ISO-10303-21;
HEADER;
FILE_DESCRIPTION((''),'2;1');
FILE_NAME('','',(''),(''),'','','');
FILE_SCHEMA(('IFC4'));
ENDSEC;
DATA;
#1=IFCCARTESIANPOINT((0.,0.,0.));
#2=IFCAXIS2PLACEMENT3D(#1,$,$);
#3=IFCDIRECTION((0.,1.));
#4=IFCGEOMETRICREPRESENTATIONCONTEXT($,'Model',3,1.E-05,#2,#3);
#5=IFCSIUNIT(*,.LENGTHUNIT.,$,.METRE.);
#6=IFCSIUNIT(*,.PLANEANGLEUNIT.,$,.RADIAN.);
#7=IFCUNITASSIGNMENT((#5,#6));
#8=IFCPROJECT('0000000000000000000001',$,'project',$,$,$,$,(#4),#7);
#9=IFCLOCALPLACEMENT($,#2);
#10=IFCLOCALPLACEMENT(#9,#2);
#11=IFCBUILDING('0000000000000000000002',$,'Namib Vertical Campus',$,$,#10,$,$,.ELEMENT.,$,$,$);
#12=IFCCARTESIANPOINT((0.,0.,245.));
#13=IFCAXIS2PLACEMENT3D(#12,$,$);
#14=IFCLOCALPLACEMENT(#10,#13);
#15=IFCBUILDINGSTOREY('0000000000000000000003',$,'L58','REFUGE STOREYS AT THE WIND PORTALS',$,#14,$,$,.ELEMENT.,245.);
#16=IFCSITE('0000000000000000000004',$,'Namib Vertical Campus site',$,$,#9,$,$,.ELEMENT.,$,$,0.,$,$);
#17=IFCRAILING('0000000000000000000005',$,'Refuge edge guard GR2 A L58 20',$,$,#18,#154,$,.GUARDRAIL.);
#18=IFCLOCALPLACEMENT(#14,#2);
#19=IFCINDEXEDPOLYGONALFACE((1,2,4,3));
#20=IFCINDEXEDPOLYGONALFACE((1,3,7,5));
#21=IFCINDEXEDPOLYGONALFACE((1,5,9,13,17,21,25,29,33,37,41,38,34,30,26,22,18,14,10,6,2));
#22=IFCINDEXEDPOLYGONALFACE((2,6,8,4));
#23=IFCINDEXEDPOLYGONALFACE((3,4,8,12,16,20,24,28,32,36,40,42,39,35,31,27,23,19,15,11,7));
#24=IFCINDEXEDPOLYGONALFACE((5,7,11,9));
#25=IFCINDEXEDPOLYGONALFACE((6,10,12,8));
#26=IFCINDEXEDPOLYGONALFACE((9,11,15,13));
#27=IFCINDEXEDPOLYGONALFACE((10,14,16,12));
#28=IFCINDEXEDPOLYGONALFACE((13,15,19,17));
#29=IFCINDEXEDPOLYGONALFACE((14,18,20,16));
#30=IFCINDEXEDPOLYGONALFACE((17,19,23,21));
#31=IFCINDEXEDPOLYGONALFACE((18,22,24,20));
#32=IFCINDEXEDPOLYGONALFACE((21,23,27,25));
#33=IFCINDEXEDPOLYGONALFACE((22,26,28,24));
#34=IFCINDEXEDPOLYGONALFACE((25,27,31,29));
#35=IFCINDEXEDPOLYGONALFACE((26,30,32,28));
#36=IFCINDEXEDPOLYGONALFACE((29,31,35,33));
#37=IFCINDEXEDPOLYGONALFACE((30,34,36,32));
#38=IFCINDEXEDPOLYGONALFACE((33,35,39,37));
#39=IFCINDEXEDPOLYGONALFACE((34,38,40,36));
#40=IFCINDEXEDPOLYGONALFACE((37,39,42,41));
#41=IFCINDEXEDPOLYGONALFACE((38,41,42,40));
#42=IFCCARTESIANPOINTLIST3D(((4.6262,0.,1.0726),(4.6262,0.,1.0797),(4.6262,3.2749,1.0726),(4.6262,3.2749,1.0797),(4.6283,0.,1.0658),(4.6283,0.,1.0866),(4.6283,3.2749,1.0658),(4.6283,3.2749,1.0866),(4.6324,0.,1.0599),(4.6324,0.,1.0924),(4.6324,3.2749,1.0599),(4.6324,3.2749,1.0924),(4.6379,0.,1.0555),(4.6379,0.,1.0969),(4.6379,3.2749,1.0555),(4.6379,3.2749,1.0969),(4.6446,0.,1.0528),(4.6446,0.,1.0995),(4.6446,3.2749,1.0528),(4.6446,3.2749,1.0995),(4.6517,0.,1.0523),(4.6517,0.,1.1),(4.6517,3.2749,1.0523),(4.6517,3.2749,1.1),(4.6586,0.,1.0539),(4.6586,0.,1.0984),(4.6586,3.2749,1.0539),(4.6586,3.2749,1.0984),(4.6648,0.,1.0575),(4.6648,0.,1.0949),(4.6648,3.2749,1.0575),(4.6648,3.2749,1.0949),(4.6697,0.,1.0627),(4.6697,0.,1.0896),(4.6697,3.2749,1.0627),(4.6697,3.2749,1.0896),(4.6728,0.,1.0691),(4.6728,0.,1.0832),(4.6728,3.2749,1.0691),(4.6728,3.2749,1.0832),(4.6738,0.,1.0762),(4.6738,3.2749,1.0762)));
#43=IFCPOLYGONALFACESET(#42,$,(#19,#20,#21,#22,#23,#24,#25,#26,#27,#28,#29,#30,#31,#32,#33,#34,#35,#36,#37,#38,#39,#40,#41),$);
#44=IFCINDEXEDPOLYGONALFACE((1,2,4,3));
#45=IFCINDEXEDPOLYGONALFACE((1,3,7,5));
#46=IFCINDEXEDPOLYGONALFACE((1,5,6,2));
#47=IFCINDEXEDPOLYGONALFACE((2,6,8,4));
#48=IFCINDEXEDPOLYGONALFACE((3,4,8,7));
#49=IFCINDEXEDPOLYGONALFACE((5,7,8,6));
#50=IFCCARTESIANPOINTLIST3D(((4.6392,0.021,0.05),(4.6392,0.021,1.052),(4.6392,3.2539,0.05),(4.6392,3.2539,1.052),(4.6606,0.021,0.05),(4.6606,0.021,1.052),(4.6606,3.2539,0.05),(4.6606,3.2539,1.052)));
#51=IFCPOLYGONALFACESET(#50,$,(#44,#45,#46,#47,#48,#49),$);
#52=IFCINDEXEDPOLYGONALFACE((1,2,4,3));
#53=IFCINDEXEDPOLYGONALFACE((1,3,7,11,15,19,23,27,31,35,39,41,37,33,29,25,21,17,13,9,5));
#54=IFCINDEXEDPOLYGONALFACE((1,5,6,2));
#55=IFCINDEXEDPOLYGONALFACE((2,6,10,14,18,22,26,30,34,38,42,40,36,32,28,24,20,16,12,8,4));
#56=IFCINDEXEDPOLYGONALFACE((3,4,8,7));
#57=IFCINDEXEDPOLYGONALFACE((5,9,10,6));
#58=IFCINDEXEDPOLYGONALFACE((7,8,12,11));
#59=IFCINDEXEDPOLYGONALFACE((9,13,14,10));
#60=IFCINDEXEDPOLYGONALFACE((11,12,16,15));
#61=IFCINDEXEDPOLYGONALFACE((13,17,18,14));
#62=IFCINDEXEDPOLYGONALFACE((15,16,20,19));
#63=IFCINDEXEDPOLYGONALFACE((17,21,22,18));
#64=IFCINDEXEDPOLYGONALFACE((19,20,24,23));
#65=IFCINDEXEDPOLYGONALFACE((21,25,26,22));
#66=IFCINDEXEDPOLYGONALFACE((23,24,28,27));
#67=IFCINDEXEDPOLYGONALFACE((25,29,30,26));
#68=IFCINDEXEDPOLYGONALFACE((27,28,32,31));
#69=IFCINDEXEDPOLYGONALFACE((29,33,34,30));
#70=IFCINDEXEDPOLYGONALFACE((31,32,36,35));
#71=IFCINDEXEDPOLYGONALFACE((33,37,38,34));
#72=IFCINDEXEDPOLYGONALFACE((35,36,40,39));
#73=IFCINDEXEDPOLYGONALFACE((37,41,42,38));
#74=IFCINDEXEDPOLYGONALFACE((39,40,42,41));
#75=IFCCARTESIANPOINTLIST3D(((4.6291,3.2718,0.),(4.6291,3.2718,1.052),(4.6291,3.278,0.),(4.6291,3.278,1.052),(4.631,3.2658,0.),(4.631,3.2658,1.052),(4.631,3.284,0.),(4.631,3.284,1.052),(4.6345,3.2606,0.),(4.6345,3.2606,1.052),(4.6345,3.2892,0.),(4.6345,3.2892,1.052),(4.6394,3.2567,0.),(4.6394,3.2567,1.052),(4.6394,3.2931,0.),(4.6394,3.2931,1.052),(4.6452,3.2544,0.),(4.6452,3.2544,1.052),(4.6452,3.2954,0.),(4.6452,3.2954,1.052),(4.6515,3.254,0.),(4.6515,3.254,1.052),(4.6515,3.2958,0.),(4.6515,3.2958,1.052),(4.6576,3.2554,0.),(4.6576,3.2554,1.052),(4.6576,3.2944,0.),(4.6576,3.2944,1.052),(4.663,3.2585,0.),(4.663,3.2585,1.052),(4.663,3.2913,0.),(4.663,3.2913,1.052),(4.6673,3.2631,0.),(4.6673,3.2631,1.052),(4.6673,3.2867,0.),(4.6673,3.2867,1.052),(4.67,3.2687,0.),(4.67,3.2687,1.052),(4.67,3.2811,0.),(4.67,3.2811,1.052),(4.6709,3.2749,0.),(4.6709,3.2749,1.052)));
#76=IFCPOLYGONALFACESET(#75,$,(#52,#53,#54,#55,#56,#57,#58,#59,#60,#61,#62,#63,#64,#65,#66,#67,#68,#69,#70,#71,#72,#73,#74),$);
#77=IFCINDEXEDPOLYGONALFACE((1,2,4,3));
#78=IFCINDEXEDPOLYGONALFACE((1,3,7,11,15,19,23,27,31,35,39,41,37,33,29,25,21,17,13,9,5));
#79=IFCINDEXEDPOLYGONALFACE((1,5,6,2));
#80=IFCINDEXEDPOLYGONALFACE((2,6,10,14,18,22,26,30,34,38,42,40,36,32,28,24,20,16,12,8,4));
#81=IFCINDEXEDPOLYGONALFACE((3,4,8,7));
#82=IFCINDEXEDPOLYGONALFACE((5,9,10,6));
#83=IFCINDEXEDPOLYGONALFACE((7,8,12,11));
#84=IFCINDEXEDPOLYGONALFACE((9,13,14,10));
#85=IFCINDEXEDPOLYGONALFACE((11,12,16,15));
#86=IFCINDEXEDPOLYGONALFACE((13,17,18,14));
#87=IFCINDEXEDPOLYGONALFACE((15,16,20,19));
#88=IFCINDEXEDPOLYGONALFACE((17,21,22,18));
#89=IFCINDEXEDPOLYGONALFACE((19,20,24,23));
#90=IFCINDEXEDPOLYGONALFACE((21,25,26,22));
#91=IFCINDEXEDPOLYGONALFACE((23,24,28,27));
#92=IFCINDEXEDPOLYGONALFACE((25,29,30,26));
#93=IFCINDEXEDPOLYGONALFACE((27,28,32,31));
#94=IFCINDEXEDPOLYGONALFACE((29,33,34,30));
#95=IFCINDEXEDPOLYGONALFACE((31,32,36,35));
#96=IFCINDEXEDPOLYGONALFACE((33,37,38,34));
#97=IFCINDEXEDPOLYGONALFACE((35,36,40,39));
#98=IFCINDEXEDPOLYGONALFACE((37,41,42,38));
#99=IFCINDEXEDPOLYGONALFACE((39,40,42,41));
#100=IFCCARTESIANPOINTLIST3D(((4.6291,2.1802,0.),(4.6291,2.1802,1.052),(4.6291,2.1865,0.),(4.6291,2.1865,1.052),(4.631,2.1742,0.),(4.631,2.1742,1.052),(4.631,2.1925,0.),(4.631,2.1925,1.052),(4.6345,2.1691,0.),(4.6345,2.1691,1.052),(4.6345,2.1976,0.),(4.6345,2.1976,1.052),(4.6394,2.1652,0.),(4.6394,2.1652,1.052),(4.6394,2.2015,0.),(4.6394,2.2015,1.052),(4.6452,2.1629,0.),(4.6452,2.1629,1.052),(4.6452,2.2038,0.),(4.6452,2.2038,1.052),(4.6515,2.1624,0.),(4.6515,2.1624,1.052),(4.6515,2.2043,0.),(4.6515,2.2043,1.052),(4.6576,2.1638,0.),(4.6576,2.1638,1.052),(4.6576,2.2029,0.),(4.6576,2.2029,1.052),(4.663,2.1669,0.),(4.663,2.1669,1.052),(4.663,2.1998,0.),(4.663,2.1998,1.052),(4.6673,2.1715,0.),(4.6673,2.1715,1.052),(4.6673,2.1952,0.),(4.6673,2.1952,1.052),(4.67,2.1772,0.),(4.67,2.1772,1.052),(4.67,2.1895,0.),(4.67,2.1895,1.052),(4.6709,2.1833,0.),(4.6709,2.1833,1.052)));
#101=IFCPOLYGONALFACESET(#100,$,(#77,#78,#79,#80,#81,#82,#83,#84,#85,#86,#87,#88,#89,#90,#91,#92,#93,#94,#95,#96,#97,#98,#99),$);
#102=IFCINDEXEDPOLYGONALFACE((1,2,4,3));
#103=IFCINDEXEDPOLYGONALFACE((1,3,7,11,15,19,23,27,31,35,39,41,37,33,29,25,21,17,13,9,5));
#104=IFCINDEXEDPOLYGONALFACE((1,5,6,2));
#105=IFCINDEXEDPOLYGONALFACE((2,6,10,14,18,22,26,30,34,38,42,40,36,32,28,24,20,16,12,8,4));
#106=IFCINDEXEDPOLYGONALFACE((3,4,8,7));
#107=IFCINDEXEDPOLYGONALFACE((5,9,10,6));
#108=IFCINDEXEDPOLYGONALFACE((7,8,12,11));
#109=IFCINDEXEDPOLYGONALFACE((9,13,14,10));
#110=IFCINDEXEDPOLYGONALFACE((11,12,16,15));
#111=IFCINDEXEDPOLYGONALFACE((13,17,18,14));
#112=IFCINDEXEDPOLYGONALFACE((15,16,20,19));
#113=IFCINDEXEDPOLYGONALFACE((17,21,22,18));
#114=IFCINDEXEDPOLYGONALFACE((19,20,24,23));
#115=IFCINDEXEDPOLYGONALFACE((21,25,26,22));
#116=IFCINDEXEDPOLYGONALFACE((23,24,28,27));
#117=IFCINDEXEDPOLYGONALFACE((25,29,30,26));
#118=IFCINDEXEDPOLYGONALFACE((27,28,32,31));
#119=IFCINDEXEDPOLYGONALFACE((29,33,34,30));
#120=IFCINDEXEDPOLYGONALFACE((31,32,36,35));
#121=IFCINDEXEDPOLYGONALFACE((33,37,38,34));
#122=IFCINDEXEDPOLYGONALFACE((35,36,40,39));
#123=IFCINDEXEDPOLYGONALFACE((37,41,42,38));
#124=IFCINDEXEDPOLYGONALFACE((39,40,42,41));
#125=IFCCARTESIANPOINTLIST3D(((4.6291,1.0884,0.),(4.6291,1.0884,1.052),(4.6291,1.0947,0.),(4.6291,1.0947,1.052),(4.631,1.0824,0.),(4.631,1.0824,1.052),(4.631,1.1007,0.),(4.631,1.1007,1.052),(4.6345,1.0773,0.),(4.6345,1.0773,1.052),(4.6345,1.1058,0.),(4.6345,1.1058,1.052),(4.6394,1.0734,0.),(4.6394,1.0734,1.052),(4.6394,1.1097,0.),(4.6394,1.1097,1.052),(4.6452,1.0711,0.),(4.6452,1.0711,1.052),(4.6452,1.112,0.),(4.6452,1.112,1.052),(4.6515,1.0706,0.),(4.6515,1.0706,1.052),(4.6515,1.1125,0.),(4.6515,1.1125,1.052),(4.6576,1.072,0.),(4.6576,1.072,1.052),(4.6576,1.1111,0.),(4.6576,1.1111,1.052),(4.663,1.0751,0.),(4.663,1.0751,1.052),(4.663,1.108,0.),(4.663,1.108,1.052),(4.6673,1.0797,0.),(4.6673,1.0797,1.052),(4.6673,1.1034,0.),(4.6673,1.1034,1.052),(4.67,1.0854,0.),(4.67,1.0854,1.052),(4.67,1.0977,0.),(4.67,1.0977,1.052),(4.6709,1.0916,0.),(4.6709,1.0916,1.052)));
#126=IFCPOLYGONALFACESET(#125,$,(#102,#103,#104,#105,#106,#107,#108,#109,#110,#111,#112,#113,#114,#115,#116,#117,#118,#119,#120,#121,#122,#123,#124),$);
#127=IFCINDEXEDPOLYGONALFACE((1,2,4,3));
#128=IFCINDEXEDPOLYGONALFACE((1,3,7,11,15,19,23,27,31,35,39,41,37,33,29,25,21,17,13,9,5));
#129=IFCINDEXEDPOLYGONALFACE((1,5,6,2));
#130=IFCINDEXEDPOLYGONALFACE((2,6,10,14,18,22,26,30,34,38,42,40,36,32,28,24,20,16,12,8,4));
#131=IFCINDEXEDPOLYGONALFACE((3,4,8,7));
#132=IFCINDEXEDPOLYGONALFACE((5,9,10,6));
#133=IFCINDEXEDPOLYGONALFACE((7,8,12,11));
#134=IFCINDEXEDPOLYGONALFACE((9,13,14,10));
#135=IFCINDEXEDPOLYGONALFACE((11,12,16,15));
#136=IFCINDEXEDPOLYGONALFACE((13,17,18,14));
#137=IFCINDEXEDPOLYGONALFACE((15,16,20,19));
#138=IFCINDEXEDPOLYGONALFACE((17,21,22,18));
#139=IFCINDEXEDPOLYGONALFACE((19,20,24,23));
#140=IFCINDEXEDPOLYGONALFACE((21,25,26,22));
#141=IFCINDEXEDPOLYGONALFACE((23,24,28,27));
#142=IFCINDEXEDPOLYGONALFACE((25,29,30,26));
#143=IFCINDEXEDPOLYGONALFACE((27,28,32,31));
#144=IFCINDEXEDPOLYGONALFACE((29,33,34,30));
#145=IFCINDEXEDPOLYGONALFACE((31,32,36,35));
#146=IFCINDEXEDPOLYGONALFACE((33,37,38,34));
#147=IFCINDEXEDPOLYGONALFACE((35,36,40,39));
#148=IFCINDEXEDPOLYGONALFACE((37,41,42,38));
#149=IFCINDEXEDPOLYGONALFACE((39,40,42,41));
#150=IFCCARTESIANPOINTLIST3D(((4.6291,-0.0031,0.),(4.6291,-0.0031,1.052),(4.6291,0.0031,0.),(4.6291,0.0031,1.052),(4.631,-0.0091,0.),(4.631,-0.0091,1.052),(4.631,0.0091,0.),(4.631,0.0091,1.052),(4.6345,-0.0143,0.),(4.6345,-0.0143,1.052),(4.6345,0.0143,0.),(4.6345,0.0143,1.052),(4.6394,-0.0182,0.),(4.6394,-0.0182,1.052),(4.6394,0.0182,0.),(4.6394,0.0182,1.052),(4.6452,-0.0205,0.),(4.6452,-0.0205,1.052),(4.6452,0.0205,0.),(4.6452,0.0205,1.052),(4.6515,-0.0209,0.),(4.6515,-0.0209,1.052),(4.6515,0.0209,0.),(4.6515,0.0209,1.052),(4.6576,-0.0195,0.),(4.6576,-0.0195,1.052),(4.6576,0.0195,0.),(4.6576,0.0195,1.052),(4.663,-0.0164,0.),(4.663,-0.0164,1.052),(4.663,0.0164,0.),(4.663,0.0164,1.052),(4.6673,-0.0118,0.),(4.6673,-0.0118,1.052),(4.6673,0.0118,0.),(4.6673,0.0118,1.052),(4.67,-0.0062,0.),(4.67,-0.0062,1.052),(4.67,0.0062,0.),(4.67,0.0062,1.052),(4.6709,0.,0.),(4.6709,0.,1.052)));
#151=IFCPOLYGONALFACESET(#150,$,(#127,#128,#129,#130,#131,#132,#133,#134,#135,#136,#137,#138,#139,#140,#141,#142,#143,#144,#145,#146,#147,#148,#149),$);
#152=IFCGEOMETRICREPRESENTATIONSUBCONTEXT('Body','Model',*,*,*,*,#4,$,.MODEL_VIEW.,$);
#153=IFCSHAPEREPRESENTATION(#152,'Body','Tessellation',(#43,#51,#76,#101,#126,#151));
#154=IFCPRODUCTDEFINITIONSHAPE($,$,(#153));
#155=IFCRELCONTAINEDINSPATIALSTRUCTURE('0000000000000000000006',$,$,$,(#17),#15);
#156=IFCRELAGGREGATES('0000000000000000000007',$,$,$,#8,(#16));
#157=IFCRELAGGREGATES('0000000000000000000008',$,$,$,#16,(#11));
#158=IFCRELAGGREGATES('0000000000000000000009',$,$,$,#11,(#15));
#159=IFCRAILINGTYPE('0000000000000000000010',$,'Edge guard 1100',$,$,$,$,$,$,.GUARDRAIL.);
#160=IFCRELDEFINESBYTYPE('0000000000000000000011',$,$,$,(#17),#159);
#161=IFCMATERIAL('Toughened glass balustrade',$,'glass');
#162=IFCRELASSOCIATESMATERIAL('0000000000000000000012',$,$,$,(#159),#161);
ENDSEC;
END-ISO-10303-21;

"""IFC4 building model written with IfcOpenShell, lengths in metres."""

from ifc_helpers import new_model, si_unit, direction, frame, origin, origin_2d, place, context, subcontext, project, spatial, polyline, circle, outline, extrude, material, type_object, element, save


model = new_model("IFC4")

# Units and contexts
model_context = context("Model", 3, precision=1e-05, world=origin(), true_north=direction((0.0, 1.0)))
body_context = subcontext(model_context, "Body", "Model", "MODEL_VIEW")
ifc_project = project(units=[si_unit("LENGTHUNIT", "METRE"), si_unit("PLANEANGLEUNIT", "RADIAN")], contexts=[model_context])

# Site, building, storey
site_placement = place(None, origin())
site = spatial("IfcSite", under=ifc_project, at=site_placement, Name="Namib Vertical Campus site", CompositionType="ELEMENT", RefElevation=0.0)
building_placement = place(site_placement, origin())
building = spatial("IfcBuilding", under=site, at=building_placement, Name="Namib Vertical Campus", CompositionType="ELEMENT")
storey_placement = place(building_placement, frame((0.0, 0.0, 245.0)))
storey = spatial("IfcBuildingStorey", under=building, at=storey_placement, Name="L58", Description="REFUGE STOREYS AT THE WIND PORTALS", CompositionType="ELEMENT", Elevation=245.0)

# Railing
ifc_material_1 = material(Name="Toughened glass balustrade", Category="glass")
railing_type_1 = type_object("IfcRailingType", Name="Edge guard 1100", PredefinedType="GUARDRAIL", material=ifc_material_1)
railing_1_placement = place(storey_placement, frame((4.6499, 3.2749, 0.0)))
element("IfcRailing", 1, at=railing_1_placement, inside=storey, type_object=railing_type_1, Name="Refuge edge guard GR2 A L58 20", PredefinedType="GUARDRAIL", context=body_context, shape_type="SweptSolid", body=[
    extrude(circle(Radius=0.0239, at=origin_2d()), frame((0.0, 0.0, 1.0762), z_axis=(0.0, -1.0, 0.0), x_axis=(1.0, 0.0, 0.0)), (0.0, 0.0, 1.0), 3.2749),
    extrude(outline(polyline([(0.021, 0.05), (3.2539, 0.05), (3.2539, 1.052), (0.021, 1.052), (0.021, 0.05)])), frame((0.0107, 0.0, 0.0), z_axis=(-1.0, 0.0, 0.0), x_axis=(0.0, -1.0, 0.0)), (0.0, 0.0, 1.0), 0.0215),
    extrude(circle(Radius=0.021, at=origin_2d()), origin(), (0.0, 0.0, 1.0), 1.052),
    extrude(circle(Radius=0.021, at=origin_2d()), frame((0.0, -1.0916, 0.0)), (0.0, 0.0, 1.0), 1.052),
    extrude(circle(Radius=0.021, at=origin_2d()), frame((0.0, -2.1833, 0.0)), (0.0, 0.0, 1.0), 1.052),
    extrude(circle(Radius=0.021, at=origin_2d()), frame((0.0, -3.2749, 0.0)), (0.0, 0.0, 1.0), 1.052),
])

save(model, "model.ifc")
